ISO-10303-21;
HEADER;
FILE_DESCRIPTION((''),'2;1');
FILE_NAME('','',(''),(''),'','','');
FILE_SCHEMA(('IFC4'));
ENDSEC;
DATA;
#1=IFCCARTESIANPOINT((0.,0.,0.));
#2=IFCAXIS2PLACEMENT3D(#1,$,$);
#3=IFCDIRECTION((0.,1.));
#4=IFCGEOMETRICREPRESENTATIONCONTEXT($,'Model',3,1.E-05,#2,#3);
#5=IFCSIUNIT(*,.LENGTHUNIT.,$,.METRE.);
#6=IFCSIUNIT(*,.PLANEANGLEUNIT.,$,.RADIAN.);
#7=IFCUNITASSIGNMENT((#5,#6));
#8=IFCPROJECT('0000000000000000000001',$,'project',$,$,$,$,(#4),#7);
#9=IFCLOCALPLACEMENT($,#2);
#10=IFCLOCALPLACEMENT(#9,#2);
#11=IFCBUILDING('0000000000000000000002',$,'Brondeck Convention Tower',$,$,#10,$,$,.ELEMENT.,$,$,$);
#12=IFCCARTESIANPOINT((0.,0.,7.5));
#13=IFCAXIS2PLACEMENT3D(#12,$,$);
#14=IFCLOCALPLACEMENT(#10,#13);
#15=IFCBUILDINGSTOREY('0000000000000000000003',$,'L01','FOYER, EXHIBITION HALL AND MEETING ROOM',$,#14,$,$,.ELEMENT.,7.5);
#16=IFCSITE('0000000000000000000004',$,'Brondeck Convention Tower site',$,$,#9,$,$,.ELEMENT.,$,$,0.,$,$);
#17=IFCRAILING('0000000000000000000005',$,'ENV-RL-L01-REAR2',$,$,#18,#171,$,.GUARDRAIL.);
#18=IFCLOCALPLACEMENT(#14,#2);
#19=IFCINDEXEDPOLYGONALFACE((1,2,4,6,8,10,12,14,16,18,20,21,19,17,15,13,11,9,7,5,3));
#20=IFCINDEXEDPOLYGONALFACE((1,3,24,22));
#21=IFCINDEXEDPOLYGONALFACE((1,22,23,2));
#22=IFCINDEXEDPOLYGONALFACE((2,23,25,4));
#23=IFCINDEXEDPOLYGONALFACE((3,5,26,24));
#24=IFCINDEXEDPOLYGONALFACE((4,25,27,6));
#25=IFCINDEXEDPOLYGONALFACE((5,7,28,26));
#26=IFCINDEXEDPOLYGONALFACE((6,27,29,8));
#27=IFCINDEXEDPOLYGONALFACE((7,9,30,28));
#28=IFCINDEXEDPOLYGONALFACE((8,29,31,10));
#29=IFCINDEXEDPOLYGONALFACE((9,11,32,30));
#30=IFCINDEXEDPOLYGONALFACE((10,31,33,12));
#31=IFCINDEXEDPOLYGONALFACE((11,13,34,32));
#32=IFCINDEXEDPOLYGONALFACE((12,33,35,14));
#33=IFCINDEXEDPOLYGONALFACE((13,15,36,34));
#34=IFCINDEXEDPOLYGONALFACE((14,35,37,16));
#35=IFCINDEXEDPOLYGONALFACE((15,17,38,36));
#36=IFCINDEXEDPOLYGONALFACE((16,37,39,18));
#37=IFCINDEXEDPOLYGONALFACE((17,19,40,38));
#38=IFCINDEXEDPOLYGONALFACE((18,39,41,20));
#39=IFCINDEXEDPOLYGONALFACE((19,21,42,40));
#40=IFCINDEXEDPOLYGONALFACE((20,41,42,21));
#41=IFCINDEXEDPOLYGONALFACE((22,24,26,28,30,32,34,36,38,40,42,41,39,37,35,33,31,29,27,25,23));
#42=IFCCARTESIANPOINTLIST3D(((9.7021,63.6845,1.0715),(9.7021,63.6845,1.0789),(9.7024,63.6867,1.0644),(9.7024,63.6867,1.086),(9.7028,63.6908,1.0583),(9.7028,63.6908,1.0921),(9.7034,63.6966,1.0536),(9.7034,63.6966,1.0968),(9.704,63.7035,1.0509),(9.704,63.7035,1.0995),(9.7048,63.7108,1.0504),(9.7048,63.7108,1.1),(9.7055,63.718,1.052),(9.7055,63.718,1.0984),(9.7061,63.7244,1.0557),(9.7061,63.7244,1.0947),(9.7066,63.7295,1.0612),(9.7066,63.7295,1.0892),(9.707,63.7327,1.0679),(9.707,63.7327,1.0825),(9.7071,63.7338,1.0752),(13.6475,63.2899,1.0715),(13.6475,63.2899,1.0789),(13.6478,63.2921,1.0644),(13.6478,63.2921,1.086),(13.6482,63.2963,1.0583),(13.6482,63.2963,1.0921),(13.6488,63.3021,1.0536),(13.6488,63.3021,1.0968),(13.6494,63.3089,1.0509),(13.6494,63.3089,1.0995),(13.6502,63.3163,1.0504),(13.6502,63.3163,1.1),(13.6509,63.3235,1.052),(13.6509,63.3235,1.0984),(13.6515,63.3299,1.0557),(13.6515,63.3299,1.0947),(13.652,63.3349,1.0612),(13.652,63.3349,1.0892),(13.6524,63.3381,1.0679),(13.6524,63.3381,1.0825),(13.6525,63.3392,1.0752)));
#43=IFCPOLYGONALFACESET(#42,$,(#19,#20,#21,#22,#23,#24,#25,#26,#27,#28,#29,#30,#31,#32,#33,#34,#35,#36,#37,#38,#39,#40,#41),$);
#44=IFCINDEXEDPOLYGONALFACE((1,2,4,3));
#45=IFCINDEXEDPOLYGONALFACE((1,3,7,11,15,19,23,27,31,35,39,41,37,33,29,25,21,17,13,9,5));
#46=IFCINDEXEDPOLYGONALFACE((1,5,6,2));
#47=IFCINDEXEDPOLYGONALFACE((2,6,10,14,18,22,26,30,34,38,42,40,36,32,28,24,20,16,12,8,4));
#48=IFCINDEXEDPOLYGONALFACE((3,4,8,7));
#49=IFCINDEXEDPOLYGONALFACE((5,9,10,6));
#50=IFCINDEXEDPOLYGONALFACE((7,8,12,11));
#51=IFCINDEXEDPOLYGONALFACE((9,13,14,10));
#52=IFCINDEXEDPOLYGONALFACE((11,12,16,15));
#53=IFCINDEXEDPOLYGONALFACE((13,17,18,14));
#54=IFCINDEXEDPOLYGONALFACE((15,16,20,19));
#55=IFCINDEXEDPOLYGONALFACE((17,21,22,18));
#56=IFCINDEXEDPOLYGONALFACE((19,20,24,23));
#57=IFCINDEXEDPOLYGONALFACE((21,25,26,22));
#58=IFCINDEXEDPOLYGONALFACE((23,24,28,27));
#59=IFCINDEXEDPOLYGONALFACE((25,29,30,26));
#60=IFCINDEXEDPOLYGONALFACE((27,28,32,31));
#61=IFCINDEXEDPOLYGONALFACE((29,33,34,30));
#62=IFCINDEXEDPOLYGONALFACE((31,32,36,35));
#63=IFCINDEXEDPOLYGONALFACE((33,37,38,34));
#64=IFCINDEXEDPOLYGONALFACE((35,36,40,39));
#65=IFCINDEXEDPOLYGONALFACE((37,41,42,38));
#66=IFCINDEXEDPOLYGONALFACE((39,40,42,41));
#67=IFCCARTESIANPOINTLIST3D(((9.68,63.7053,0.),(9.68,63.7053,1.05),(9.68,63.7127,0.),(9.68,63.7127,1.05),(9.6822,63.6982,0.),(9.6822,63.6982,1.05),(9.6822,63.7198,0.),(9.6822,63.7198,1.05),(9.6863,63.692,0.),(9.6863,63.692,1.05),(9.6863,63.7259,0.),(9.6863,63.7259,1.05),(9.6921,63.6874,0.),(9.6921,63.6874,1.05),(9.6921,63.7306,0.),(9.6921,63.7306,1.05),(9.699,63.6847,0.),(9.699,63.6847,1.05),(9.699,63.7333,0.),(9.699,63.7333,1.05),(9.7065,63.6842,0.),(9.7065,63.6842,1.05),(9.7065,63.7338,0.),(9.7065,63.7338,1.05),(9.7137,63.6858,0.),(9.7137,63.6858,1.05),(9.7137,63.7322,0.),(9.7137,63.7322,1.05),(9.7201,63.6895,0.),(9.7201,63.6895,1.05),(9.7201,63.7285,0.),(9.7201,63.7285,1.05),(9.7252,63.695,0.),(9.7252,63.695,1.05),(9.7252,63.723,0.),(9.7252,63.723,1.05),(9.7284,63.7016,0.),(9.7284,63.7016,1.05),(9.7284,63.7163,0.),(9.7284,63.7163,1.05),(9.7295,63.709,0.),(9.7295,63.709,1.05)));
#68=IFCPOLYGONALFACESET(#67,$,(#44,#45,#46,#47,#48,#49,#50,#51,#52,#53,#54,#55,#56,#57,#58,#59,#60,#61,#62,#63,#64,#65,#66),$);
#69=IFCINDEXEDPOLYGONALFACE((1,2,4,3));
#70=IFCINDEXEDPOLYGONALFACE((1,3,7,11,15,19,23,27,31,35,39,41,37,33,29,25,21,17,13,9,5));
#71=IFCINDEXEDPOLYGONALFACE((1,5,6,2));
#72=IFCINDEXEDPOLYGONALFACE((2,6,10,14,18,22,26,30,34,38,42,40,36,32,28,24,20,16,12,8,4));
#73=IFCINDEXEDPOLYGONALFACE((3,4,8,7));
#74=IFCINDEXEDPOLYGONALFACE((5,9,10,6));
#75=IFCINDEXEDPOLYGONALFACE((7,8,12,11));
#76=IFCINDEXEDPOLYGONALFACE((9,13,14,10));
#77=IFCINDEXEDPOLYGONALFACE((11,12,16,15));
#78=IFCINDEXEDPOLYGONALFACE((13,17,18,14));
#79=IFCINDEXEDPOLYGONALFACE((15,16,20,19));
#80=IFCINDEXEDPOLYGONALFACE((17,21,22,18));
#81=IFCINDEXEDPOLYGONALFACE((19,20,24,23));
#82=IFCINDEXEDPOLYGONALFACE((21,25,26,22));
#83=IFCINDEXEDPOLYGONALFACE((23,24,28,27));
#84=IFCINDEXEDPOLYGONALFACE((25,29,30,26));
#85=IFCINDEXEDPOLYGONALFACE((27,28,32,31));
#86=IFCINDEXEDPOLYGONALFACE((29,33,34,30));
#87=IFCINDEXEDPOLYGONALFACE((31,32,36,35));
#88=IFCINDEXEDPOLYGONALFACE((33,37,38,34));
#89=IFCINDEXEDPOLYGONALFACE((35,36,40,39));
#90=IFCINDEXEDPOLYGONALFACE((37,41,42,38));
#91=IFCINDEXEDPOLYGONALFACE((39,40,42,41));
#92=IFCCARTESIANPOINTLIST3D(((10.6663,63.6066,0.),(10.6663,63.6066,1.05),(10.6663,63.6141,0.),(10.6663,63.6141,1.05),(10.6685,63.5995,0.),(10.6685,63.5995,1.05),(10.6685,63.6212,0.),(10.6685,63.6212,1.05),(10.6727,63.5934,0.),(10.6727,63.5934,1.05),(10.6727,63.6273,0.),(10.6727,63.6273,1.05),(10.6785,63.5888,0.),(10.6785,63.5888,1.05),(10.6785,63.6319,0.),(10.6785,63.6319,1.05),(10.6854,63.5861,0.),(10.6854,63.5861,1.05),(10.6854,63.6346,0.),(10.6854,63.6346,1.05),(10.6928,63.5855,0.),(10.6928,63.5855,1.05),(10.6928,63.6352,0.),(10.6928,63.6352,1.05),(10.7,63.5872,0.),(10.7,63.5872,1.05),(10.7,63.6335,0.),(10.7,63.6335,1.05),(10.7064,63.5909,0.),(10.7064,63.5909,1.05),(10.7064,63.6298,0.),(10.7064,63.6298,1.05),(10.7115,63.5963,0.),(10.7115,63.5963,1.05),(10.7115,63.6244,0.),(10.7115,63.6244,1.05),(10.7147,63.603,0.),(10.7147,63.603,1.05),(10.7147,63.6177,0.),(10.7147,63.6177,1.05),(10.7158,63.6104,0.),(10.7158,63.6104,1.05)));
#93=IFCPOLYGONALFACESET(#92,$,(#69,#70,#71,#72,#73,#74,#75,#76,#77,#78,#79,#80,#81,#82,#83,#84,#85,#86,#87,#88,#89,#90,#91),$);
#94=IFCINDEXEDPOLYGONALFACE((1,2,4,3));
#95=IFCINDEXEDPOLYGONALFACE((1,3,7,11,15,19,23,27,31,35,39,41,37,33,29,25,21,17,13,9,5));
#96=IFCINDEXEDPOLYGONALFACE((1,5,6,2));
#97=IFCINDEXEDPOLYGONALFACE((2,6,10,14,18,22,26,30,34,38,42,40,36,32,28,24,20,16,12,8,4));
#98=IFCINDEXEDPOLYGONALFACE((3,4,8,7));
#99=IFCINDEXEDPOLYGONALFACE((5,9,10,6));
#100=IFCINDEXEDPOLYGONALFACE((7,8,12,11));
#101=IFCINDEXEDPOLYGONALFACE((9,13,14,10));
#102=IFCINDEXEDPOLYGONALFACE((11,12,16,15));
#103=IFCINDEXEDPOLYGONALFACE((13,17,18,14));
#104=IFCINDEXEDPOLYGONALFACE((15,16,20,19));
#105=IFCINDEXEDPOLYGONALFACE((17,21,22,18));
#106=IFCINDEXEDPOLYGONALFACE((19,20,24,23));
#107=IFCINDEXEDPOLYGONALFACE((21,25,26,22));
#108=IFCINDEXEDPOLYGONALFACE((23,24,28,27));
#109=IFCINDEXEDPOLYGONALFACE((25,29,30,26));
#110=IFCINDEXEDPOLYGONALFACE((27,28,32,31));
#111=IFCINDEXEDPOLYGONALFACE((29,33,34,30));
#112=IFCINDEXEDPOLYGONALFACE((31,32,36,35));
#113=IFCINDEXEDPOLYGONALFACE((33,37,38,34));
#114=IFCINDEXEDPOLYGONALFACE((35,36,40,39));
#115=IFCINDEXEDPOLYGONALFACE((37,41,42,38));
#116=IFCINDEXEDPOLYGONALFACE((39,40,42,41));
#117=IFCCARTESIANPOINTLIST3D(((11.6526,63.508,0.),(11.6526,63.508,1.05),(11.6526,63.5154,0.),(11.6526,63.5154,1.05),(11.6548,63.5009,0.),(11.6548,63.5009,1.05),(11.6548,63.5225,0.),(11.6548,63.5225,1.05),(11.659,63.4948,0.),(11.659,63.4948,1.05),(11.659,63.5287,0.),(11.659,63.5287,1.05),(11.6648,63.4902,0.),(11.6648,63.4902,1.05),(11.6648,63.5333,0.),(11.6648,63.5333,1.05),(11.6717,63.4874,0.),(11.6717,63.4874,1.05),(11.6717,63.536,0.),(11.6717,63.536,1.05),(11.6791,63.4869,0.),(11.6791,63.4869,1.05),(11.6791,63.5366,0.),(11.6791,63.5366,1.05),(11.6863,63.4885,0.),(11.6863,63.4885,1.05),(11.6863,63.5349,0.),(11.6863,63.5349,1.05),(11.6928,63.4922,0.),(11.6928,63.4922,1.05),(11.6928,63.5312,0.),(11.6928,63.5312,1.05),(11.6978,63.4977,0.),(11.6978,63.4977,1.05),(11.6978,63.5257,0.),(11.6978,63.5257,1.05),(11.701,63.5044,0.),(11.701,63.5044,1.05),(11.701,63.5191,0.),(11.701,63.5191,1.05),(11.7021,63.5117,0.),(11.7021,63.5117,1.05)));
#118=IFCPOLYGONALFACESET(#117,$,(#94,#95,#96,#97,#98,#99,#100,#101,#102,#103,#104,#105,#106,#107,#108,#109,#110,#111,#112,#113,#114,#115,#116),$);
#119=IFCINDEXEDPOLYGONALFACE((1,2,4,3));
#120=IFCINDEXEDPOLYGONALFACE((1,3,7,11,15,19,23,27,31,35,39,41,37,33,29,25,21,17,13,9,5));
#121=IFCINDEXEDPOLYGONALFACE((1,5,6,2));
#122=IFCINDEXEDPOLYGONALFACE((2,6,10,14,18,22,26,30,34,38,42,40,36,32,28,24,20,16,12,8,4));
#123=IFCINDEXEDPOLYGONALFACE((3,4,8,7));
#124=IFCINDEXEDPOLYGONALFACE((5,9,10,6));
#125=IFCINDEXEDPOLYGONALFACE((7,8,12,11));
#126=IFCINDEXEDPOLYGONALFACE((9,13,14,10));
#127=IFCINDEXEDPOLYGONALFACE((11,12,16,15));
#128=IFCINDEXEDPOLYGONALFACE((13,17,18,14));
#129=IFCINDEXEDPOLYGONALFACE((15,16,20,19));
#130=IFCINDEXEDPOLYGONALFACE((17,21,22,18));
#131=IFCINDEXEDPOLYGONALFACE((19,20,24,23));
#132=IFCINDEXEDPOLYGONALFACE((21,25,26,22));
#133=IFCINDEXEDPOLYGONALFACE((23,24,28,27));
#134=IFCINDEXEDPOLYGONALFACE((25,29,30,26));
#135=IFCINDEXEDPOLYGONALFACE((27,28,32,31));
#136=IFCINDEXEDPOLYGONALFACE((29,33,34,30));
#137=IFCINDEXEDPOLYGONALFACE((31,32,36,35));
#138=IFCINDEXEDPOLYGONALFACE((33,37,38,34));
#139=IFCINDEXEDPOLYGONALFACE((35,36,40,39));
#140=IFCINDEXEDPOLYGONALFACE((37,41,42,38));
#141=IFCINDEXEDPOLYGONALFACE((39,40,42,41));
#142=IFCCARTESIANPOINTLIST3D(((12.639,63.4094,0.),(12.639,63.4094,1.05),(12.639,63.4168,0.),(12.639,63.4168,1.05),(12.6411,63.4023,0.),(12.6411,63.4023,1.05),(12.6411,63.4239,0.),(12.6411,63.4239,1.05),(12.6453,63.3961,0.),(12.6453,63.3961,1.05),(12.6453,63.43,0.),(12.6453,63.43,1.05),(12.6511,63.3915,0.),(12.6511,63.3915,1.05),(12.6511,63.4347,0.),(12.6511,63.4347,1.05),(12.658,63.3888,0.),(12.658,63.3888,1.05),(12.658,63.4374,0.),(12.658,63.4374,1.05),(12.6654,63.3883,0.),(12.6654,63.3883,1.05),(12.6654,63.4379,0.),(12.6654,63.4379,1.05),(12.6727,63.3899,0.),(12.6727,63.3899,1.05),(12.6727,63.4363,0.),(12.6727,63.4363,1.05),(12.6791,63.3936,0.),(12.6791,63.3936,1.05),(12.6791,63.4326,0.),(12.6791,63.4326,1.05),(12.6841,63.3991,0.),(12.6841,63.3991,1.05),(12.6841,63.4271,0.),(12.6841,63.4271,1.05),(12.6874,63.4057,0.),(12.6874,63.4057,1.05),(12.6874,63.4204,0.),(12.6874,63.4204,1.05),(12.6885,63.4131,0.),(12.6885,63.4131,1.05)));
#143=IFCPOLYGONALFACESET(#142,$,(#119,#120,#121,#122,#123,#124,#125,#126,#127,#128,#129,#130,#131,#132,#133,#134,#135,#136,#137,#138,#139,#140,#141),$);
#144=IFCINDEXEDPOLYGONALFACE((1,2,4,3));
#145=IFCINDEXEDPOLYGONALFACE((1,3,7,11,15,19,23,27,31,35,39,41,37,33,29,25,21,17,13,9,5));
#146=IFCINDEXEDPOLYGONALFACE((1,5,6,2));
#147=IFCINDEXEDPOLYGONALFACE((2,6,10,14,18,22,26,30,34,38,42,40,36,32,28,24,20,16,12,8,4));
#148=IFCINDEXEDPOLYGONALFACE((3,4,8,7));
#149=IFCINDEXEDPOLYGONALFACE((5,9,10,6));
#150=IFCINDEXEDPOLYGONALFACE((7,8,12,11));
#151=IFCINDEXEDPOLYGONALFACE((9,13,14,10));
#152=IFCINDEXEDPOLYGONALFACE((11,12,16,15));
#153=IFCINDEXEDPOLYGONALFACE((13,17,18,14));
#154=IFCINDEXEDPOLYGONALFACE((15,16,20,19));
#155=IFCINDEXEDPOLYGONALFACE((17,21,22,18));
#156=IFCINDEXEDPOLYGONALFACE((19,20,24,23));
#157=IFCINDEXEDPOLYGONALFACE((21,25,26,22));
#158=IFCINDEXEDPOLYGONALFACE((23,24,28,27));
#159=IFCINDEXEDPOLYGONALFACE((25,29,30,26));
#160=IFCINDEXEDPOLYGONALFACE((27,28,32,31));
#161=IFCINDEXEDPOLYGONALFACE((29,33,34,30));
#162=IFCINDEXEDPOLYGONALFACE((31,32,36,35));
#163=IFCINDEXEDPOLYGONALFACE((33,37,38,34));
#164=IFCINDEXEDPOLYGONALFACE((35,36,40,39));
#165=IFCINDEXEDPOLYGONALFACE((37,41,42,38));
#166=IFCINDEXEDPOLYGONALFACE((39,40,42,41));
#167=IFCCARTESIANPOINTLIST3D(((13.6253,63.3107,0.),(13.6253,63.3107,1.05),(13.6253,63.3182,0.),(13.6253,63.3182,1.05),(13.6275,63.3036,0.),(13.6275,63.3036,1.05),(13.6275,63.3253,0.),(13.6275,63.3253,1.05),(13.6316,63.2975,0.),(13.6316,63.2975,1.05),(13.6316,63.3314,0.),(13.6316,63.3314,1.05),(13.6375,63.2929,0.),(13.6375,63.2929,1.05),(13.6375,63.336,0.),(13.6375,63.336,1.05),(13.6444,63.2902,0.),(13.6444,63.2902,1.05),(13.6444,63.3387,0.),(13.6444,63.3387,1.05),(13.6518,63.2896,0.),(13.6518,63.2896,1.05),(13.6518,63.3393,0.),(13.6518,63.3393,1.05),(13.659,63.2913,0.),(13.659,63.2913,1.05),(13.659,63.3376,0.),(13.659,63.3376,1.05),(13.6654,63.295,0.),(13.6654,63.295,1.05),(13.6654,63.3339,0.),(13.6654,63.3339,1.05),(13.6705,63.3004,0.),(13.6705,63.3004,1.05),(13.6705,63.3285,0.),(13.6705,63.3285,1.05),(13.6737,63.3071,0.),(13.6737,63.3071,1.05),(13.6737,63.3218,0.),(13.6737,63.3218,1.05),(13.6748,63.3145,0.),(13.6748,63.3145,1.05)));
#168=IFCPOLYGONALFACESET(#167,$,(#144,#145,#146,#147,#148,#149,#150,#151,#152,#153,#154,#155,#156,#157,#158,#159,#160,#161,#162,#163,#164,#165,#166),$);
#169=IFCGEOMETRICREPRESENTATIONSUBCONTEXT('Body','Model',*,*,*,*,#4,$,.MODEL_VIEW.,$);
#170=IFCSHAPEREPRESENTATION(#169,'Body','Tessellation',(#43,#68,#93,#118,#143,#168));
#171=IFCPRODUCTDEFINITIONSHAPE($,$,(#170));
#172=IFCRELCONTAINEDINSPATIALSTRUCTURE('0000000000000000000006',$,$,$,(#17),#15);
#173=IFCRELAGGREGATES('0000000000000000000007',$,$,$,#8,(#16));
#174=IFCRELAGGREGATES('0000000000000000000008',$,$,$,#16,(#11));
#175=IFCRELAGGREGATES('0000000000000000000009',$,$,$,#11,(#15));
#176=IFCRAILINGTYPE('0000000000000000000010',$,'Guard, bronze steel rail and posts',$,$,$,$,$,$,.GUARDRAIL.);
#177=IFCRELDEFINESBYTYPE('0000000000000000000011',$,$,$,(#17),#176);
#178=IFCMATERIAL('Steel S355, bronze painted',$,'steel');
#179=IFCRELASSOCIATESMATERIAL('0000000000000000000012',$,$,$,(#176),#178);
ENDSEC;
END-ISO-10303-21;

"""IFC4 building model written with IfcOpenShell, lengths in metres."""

from ifc_helpers import new_model, si_unit, direction, frame, origin, origin_2d, place, context, subcontext, project, spatial, circle, extrude, material, type_object, element, save


model = new_model("IFC4")

# Units and contexts
model_context = context("Model", 3, precision=1e-05, world=origin(), true_north=direction((0.0, 1.0)))
body_context = subcontext(model_context, "Body", "Model", "MODEL_VIEW")
ifc_project = project(units=[si_unit("LENGTHUNIT", "METRE"), si_unit("PLANEANGLEUNIT", "RADIAN")], contexts=[model_context])

# Site, building, storey
site_placement = place(None, origin())
site = spatial("IfcSite", under=ifc_project, at=site_placement, Name="Brondeck Convention Tower site", CompositionType="ELEMENT", RefElevation=0.0)
building_placement = place(site_placement, origin())
building = spatial("IfcBuilding", under=site, at=building_placement, Name="Brondeck Convention Tower", CompositionType="ELEMENT")
storey_placement = place(building_placement, frame((0.0, 0.0, 7.5)))
storey = spatial("IfcBuildingStorey", under=building, at=storey_placement, Name="L01", Description="FOYER, EXHIBITION HALL AND MEETING ROOM", CompositionType="ELEMENT", Elevation=7.5)

# Railing
ifc_material_1 = material(Name="Steel S355, bronze painted", Category="steel")
railing_type_1 = type_object("IfcRailingType", Name="Guard, bronze steel rail and posts", PredefinedType="GUARDRAIL", material=ifc_material_1)
railing_1_placement = place(storey_placement, frame((9.7046, 63.709, 0.0)))
element("IfcRailing", 1, at=railing_1_placement, inside=storey, type_object=railing_type_1, Name="ENV-RL-L01-REAR2", PredefinedType="GUARDRAIL", context=body_context, shape_type="SweptSolid", body=[
    extrude(circle(Radius=0.0249, at=origin_2d()), frame((0.0, 0.0, 1.0752), z_axis=(0.995037, -0.099504, 0.0), x_axis=(0.099504, 0.995037, 0.0)), (0.0, 0.0, 1.0), 3.9651),
    extrude(circle(Radius=0.0249, at=origin_2d()), origin(), (0.0, 0.0, 1.0), 1.05),
    extrude(circle(Radius=0.0249, at=origin_2d()), frame((0.9863, -0.0986, 0.0)), (0.0, 0.0, 1.0), 1.05),
    extrude(circle(Radius=0.0249, at=origin_2d()), frame((1.9727, -0.1973, 0.0)), (0.0, 0.0, 1.0), 1.05),
    extrude(circle(Radius=0.0249, at=origin_2d()), frame((2.959, -0.2959, 0.0)), (0.0, 0.0, 1.0), 1.05),
    extrude(circle(Radius=0.0249, at=origin_2d()), frame((3.9453, -0.3945, 0.0)), (0.0, 0.0, 1.0), 1.05),
])

save(model, "model.ifc")
